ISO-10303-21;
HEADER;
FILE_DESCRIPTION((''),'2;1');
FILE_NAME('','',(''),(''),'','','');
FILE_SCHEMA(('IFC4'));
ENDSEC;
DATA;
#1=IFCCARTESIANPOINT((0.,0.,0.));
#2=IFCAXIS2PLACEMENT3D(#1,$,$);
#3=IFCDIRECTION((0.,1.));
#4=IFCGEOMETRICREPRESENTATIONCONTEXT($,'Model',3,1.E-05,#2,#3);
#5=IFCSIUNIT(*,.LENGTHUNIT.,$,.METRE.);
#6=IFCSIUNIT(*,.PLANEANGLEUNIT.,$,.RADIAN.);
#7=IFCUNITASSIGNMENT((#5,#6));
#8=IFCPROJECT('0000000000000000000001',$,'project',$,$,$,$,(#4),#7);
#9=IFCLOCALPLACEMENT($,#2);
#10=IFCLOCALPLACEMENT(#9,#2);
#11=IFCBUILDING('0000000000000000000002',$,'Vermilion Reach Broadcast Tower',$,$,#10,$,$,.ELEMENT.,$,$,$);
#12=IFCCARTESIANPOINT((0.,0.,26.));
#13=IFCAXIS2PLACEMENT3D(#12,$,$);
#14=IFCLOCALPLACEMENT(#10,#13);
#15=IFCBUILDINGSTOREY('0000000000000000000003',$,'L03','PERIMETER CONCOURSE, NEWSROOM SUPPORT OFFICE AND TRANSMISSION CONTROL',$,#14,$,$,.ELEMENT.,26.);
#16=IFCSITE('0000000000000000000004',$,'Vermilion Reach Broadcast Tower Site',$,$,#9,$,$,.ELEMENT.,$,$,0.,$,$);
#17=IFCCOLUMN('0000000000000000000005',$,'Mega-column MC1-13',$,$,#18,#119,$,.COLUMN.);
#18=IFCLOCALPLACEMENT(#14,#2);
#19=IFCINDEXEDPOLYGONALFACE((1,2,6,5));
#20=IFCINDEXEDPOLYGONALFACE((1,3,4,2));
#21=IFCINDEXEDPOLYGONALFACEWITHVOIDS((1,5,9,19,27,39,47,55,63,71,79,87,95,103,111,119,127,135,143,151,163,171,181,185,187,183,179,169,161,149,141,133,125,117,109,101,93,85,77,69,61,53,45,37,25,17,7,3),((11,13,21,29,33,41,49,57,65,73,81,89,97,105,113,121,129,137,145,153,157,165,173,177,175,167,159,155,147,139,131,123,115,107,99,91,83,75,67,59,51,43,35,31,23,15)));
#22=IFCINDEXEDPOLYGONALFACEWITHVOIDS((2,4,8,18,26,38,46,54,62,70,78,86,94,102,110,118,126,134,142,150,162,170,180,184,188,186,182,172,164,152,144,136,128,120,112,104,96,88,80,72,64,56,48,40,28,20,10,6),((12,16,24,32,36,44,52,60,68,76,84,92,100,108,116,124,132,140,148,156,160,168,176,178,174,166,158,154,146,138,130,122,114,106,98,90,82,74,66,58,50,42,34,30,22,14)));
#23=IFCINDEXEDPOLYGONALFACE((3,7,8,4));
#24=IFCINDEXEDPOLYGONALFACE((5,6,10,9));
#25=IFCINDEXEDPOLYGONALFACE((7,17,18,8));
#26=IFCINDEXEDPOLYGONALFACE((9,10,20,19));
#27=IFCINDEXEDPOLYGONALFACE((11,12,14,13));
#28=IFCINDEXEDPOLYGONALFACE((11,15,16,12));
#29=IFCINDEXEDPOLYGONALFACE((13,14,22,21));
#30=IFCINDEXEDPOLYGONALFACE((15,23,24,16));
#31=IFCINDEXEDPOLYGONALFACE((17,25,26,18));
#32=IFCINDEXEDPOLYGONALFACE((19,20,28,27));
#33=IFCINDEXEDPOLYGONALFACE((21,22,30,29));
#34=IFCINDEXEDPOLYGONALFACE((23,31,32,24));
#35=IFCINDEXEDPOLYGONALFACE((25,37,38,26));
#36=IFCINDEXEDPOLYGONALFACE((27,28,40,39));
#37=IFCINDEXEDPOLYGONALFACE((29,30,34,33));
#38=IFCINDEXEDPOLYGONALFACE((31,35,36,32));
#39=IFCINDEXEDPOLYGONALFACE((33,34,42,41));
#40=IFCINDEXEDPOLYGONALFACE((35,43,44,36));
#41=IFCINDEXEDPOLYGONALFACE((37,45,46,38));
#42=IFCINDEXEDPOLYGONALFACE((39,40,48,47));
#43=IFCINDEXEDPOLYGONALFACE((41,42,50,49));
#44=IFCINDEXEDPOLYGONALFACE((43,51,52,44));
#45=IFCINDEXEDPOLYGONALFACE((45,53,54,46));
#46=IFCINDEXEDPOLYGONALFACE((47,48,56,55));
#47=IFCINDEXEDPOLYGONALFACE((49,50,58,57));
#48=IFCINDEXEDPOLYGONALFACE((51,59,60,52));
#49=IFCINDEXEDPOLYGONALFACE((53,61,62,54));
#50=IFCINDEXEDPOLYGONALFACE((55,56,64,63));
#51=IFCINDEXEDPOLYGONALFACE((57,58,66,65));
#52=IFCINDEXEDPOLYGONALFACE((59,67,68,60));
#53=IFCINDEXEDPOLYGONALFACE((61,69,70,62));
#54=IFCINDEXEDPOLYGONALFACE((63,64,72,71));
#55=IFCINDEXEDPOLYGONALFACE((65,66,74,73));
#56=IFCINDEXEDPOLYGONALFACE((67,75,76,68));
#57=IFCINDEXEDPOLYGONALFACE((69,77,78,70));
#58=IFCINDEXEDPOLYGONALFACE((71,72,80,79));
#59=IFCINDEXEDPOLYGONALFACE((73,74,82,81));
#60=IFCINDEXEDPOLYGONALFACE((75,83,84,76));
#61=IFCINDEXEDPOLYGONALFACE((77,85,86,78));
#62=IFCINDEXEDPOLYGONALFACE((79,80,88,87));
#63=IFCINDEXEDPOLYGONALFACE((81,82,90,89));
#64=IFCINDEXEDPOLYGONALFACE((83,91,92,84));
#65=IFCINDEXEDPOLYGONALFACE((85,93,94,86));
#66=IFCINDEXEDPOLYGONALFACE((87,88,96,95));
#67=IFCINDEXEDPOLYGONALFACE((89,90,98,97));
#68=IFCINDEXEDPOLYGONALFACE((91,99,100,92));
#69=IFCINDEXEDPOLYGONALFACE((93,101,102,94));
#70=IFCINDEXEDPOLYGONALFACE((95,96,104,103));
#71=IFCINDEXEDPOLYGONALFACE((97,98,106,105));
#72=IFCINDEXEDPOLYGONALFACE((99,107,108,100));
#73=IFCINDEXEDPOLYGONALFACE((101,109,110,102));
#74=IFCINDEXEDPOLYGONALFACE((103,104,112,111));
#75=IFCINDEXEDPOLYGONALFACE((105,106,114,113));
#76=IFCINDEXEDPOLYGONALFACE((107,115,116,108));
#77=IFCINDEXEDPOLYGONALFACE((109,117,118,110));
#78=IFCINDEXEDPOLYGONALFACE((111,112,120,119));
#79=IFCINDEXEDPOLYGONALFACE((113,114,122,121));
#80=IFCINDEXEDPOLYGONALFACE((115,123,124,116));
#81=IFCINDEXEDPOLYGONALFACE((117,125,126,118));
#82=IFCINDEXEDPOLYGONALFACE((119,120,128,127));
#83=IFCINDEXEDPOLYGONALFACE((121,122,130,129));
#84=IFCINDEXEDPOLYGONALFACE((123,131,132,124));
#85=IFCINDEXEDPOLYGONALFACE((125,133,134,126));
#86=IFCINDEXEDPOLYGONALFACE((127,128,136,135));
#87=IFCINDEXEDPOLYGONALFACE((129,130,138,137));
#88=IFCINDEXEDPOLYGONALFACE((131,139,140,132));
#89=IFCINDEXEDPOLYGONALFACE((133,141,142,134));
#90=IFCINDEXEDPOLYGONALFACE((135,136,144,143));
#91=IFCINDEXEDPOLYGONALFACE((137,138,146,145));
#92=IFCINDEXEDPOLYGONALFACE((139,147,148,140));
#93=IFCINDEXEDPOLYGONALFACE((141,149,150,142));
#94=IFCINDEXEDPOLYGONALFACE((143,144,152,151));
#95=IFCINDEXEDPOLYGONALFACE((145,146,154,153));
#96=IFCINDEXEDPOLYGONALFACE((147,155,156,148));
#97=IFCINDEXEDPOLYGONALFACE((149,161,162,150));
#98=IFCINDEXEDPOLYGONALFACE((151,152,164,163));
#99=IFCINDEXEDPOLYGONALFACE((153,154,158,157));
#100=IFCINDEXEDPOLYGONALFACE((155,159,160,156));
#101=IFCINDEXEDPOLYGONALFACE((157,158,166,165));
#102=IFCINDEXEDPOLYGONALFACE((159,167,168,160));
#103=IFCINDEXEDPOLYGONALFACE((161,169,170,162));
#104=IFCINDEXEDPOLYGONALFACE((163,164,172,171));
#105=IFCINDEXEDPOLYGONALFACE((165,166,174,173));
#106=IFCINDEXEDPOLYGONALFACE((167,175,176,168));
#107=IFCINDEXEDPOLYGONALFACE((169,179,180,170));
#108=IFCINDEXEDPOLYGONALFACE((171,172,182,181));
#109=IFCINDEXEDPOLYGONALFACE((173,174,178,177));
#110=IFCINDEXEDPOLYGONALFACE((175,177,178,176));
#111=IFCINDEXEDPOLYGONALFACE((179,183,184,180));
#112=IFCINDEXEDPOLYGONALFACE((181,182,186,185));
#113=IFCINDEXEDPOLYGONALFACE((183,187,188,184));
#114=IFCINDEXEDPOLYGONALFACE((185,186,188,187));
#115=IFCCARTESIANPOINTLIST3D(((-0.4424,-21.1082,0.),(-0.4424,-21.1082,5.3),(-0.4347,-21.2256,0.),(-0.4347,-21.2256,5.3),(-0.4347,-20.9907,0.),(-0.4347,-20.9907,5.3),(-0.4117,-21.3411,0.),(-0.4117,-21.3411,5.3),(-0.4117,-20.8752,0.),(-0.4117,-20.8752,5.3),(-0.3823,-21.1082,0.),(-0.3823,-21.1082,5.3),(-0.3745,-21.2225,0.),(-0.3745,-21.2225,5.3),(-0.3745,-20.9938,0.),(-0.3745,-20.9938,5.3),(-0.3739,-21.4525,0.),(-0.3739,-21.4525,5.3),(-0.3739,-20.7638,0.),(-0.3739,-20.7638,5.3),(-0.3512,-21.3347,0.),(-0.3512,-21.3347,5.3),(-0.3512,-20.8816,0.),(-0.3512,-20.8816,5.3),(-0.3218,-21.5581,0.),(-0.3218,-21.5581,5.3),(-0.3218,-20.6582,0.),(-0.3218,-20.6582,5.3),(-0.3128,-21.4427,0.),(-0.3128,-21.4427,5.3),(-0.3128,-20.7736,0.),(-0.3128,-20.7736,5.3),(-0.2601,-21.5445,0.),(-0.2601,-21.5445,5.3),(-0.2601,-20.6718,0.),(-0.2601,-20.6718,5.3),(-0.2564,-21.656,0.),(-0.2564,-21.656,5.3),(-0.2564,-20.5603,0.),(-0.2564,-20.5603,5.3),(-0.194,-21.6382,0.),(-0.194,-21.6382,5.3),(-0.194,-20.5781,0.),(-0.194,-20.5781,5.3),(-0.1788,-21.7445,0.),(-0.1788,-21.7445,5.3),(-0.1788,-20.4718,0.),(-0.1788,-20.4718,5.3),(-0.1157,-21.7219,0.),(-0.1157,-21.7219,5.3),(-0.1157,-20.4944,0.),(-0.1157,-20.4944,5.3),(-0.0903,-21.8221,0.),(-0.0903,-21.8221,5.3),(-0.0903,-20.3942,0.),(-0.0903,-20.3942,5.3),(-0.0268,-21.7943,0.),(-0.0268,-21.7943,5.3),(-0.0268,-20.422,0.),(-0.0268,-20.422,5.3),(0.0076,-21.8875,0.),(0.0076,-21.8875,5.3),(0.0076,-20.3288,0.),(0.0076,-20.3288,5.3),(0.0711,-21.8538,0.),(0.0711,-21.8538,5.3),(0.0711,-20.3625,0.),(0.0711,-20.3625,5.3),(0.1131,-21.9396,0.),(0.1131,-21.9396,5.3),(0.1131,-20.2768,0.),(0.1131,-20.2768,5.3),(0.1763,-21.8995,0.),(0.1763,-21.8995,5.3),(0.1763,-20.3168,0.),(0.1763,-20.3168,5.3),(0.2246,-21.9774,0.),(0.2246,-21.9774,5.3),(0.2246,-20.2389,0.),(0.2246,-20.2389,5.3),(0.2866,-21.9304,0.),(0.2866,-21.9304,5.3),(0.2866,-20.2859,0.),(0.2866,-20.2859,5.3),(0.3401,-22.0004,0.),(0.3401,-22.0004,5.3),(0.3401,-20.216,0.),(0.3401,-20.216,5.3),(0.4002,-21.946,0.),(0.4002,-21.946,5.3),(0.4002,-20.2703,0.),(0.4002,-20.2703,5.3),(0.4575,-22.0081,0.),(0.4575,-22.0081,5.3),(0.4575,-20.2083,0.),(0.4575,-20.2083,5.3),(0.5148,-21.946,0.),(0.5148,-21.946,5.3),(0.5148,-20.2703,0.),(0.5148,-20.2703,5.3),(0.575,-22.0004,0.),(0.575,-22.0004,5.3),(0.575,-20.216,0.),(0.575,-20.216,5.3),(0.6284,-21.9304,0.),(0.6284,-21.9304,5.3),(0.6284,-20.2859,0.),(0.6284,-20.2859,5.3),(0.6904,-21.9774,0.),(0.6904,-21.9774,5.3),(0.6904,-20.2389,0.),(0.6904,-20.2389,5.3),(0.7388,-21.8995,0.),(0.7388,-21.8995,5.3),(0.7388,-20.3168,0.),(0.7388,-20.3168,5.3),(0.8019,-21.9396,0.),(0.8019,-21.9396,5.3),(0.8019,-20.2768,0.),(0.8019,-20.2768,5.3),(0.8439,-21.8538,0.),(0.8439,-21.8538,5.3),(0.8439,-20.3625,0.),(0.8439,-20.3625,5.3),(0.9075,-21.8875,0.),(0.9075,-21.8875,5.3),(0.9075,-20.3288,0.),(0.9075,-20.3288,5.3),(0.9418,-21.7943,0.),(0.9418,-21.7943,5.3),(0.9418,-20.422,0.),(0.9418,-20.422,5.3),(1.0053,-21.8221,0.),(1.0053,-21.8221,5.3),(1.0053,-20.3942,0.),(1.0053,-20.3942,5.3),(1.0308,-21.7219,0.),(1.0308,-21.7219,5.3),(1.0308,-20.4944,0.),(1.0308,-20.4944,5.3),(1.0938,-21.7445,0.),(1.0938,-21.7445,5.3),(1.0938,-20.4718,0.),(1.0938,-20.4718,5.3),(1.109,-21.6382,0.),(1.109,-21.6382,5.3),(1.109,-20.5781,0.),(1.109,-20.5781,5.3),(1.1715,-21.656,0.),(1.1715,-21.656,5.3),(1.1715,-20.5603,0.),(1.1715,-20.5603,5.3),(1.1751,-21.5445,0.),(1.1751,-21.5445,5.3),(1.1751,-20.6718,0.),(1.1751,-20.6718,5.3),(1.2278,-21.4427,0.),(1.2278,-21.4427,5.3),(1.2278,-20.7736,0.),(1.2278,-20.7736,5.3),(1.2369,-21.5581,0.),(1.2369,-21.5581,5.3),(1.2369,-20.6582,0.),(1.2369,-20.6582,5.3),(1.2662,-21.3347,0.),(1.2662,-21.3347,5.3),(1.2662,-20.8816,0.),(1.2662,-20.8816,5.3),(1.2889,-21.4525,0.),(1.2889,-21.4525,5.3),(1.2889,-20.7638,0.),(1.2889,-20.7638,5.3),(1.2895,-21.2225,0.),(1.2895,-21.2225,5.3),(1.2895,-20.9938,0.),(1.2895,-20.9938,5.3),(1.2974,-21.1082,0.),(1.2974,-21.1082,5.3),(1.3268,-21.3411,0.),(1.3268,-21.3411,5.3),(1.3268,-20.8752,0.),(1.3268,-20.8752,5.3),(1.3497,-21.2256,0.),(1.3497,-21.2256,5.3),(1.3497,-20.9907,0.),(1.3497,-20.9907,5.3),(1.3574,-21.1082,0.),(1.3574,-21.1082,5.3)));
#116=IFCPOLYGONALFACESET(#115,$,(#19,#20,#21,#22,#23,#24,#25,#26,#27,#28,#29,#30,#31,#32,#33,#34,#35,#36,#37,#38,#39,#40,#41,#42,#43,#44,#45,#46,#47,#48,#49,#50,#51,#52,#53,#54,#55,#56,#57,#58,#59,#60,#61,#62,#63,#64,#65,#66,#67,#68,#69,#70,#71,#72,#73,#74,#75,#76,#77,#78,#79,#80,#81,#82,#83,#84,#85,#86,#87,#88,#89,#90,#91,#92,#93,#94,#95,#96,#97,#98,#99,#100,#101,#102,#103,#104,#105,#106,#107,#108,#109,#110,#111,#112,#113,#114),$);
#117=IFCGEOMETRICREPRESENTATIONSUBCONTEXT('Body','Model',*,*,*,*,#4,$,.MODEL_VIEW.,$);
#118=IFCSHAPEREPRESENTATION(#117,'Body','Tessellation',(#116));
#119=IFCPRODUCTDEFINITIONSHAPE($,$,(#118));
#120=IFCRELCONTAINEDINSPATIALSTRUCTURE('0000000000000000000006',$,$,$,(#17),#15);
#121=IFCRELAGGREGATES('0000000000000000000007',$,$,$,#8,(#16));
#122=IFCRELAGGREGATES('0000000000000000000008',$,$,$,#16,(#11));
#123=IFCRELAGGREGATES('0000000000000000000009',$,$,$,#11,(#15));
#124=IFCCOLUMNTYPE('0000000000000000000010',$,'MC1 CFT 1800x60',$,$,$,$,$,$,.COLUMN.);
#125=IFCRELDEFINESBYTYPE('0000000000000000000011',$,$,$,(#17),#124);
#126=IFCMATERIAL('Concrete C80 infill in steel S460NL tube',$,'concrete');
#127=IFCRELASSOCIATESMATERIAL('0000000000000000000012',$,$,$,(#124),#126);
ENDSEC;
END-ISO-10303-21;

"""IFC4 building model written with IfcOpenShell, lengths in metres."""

from ifc_helpers import new_model, si_unit, direction, frame, origin, origin_2d, place, context, subcontext, project, spatial, hollow_circle, extrude, material, material_profile, profile_set, type_object, element, save


model = new_model("IFC4")

# Units and contexts
model_context = context("Model", 3, precision=1e-05, world=origin(), true_north=direction((0.0, 1.0)))
body_context = subcontext(model_context, "Body", "Model", "MODEL_VIEW")
ifc_project = project(units=[si_unit("LENGTHUNIT", "METRE"), si_unit("PLANEANGLEUNIT", "RADIAN")], contexts=[model_context])

# Site, building, storey
site_placement = place(None, origin())
site = spatial("IfcSite", under=ifc_project, at=site_placement, Name="Vermilion Reach Broadcast Tower Site", CompositionType="ELEMENT", RefElevation=0.0)
building_placement = place(site_placement, origin())
building = spatial("IfcBuilding", under=site, at=building_placement, Name="Vermilion Reach Broadcast Tower", CompositionType="ELEMENT")
storey_placement = place(building_placement, frame((0.0, 0.0, 26.0)))
storey = spatial("IfcBuildingStorey", under=building, at=storey_placement, Name="L03", Description="PERIMETER CONCOURSE, NEWSROOM SUPPORT OFFICE AND TRANSMISSION CONTROL", CompositionType="ELEMENT", Elevation=26.0)

# Column
ifc_material_1 = material(Name="Concrete C80 infill in steel S460NL tube", Category="concrete")
ifc_material_profile_1 = material_profile(ifc_material_1, hollow_circle(Radius=0.8999, WallThickness=0.0601, at=origin_2d()), Name="Concrete C80 infill in steel S460NL tube CFT 1800x60")
ifc_profile_set_1 = profile_set([ifc_material_profile_1], Name="Concrete C80 infill in steel S460NL tube")
column_type = type_object("IfcColumnType", Name="MC1 CFT 1800x60", PredefinedType="COLUMN", material=ifc_profile_set_1)
for number, where, z_axis, x_axis, name in (
    (1, (0.4575, -21.1082, 0.0), (0.0, 0.0, 1.0), (1.0, 0.0, 0.0), "Mega-column MC1-13"),
):
    element("IfcColumn", number, at=place(storey_placement, frame(where, z_axis=z_axis, x_axis=x_axis)), inside=storey, type_object=column_type, Name=name, PredefinedType="COLUMN", context=body_context, shape_type="SweptSolid", body=[
        extrude(hollow_circle(Radius=0.8999, WallThickness=0.0601, at=origin_2d()), origin(), (0.0, 0.0, 1.0), 5.3),
    ])

save(model, "model.ifc")
